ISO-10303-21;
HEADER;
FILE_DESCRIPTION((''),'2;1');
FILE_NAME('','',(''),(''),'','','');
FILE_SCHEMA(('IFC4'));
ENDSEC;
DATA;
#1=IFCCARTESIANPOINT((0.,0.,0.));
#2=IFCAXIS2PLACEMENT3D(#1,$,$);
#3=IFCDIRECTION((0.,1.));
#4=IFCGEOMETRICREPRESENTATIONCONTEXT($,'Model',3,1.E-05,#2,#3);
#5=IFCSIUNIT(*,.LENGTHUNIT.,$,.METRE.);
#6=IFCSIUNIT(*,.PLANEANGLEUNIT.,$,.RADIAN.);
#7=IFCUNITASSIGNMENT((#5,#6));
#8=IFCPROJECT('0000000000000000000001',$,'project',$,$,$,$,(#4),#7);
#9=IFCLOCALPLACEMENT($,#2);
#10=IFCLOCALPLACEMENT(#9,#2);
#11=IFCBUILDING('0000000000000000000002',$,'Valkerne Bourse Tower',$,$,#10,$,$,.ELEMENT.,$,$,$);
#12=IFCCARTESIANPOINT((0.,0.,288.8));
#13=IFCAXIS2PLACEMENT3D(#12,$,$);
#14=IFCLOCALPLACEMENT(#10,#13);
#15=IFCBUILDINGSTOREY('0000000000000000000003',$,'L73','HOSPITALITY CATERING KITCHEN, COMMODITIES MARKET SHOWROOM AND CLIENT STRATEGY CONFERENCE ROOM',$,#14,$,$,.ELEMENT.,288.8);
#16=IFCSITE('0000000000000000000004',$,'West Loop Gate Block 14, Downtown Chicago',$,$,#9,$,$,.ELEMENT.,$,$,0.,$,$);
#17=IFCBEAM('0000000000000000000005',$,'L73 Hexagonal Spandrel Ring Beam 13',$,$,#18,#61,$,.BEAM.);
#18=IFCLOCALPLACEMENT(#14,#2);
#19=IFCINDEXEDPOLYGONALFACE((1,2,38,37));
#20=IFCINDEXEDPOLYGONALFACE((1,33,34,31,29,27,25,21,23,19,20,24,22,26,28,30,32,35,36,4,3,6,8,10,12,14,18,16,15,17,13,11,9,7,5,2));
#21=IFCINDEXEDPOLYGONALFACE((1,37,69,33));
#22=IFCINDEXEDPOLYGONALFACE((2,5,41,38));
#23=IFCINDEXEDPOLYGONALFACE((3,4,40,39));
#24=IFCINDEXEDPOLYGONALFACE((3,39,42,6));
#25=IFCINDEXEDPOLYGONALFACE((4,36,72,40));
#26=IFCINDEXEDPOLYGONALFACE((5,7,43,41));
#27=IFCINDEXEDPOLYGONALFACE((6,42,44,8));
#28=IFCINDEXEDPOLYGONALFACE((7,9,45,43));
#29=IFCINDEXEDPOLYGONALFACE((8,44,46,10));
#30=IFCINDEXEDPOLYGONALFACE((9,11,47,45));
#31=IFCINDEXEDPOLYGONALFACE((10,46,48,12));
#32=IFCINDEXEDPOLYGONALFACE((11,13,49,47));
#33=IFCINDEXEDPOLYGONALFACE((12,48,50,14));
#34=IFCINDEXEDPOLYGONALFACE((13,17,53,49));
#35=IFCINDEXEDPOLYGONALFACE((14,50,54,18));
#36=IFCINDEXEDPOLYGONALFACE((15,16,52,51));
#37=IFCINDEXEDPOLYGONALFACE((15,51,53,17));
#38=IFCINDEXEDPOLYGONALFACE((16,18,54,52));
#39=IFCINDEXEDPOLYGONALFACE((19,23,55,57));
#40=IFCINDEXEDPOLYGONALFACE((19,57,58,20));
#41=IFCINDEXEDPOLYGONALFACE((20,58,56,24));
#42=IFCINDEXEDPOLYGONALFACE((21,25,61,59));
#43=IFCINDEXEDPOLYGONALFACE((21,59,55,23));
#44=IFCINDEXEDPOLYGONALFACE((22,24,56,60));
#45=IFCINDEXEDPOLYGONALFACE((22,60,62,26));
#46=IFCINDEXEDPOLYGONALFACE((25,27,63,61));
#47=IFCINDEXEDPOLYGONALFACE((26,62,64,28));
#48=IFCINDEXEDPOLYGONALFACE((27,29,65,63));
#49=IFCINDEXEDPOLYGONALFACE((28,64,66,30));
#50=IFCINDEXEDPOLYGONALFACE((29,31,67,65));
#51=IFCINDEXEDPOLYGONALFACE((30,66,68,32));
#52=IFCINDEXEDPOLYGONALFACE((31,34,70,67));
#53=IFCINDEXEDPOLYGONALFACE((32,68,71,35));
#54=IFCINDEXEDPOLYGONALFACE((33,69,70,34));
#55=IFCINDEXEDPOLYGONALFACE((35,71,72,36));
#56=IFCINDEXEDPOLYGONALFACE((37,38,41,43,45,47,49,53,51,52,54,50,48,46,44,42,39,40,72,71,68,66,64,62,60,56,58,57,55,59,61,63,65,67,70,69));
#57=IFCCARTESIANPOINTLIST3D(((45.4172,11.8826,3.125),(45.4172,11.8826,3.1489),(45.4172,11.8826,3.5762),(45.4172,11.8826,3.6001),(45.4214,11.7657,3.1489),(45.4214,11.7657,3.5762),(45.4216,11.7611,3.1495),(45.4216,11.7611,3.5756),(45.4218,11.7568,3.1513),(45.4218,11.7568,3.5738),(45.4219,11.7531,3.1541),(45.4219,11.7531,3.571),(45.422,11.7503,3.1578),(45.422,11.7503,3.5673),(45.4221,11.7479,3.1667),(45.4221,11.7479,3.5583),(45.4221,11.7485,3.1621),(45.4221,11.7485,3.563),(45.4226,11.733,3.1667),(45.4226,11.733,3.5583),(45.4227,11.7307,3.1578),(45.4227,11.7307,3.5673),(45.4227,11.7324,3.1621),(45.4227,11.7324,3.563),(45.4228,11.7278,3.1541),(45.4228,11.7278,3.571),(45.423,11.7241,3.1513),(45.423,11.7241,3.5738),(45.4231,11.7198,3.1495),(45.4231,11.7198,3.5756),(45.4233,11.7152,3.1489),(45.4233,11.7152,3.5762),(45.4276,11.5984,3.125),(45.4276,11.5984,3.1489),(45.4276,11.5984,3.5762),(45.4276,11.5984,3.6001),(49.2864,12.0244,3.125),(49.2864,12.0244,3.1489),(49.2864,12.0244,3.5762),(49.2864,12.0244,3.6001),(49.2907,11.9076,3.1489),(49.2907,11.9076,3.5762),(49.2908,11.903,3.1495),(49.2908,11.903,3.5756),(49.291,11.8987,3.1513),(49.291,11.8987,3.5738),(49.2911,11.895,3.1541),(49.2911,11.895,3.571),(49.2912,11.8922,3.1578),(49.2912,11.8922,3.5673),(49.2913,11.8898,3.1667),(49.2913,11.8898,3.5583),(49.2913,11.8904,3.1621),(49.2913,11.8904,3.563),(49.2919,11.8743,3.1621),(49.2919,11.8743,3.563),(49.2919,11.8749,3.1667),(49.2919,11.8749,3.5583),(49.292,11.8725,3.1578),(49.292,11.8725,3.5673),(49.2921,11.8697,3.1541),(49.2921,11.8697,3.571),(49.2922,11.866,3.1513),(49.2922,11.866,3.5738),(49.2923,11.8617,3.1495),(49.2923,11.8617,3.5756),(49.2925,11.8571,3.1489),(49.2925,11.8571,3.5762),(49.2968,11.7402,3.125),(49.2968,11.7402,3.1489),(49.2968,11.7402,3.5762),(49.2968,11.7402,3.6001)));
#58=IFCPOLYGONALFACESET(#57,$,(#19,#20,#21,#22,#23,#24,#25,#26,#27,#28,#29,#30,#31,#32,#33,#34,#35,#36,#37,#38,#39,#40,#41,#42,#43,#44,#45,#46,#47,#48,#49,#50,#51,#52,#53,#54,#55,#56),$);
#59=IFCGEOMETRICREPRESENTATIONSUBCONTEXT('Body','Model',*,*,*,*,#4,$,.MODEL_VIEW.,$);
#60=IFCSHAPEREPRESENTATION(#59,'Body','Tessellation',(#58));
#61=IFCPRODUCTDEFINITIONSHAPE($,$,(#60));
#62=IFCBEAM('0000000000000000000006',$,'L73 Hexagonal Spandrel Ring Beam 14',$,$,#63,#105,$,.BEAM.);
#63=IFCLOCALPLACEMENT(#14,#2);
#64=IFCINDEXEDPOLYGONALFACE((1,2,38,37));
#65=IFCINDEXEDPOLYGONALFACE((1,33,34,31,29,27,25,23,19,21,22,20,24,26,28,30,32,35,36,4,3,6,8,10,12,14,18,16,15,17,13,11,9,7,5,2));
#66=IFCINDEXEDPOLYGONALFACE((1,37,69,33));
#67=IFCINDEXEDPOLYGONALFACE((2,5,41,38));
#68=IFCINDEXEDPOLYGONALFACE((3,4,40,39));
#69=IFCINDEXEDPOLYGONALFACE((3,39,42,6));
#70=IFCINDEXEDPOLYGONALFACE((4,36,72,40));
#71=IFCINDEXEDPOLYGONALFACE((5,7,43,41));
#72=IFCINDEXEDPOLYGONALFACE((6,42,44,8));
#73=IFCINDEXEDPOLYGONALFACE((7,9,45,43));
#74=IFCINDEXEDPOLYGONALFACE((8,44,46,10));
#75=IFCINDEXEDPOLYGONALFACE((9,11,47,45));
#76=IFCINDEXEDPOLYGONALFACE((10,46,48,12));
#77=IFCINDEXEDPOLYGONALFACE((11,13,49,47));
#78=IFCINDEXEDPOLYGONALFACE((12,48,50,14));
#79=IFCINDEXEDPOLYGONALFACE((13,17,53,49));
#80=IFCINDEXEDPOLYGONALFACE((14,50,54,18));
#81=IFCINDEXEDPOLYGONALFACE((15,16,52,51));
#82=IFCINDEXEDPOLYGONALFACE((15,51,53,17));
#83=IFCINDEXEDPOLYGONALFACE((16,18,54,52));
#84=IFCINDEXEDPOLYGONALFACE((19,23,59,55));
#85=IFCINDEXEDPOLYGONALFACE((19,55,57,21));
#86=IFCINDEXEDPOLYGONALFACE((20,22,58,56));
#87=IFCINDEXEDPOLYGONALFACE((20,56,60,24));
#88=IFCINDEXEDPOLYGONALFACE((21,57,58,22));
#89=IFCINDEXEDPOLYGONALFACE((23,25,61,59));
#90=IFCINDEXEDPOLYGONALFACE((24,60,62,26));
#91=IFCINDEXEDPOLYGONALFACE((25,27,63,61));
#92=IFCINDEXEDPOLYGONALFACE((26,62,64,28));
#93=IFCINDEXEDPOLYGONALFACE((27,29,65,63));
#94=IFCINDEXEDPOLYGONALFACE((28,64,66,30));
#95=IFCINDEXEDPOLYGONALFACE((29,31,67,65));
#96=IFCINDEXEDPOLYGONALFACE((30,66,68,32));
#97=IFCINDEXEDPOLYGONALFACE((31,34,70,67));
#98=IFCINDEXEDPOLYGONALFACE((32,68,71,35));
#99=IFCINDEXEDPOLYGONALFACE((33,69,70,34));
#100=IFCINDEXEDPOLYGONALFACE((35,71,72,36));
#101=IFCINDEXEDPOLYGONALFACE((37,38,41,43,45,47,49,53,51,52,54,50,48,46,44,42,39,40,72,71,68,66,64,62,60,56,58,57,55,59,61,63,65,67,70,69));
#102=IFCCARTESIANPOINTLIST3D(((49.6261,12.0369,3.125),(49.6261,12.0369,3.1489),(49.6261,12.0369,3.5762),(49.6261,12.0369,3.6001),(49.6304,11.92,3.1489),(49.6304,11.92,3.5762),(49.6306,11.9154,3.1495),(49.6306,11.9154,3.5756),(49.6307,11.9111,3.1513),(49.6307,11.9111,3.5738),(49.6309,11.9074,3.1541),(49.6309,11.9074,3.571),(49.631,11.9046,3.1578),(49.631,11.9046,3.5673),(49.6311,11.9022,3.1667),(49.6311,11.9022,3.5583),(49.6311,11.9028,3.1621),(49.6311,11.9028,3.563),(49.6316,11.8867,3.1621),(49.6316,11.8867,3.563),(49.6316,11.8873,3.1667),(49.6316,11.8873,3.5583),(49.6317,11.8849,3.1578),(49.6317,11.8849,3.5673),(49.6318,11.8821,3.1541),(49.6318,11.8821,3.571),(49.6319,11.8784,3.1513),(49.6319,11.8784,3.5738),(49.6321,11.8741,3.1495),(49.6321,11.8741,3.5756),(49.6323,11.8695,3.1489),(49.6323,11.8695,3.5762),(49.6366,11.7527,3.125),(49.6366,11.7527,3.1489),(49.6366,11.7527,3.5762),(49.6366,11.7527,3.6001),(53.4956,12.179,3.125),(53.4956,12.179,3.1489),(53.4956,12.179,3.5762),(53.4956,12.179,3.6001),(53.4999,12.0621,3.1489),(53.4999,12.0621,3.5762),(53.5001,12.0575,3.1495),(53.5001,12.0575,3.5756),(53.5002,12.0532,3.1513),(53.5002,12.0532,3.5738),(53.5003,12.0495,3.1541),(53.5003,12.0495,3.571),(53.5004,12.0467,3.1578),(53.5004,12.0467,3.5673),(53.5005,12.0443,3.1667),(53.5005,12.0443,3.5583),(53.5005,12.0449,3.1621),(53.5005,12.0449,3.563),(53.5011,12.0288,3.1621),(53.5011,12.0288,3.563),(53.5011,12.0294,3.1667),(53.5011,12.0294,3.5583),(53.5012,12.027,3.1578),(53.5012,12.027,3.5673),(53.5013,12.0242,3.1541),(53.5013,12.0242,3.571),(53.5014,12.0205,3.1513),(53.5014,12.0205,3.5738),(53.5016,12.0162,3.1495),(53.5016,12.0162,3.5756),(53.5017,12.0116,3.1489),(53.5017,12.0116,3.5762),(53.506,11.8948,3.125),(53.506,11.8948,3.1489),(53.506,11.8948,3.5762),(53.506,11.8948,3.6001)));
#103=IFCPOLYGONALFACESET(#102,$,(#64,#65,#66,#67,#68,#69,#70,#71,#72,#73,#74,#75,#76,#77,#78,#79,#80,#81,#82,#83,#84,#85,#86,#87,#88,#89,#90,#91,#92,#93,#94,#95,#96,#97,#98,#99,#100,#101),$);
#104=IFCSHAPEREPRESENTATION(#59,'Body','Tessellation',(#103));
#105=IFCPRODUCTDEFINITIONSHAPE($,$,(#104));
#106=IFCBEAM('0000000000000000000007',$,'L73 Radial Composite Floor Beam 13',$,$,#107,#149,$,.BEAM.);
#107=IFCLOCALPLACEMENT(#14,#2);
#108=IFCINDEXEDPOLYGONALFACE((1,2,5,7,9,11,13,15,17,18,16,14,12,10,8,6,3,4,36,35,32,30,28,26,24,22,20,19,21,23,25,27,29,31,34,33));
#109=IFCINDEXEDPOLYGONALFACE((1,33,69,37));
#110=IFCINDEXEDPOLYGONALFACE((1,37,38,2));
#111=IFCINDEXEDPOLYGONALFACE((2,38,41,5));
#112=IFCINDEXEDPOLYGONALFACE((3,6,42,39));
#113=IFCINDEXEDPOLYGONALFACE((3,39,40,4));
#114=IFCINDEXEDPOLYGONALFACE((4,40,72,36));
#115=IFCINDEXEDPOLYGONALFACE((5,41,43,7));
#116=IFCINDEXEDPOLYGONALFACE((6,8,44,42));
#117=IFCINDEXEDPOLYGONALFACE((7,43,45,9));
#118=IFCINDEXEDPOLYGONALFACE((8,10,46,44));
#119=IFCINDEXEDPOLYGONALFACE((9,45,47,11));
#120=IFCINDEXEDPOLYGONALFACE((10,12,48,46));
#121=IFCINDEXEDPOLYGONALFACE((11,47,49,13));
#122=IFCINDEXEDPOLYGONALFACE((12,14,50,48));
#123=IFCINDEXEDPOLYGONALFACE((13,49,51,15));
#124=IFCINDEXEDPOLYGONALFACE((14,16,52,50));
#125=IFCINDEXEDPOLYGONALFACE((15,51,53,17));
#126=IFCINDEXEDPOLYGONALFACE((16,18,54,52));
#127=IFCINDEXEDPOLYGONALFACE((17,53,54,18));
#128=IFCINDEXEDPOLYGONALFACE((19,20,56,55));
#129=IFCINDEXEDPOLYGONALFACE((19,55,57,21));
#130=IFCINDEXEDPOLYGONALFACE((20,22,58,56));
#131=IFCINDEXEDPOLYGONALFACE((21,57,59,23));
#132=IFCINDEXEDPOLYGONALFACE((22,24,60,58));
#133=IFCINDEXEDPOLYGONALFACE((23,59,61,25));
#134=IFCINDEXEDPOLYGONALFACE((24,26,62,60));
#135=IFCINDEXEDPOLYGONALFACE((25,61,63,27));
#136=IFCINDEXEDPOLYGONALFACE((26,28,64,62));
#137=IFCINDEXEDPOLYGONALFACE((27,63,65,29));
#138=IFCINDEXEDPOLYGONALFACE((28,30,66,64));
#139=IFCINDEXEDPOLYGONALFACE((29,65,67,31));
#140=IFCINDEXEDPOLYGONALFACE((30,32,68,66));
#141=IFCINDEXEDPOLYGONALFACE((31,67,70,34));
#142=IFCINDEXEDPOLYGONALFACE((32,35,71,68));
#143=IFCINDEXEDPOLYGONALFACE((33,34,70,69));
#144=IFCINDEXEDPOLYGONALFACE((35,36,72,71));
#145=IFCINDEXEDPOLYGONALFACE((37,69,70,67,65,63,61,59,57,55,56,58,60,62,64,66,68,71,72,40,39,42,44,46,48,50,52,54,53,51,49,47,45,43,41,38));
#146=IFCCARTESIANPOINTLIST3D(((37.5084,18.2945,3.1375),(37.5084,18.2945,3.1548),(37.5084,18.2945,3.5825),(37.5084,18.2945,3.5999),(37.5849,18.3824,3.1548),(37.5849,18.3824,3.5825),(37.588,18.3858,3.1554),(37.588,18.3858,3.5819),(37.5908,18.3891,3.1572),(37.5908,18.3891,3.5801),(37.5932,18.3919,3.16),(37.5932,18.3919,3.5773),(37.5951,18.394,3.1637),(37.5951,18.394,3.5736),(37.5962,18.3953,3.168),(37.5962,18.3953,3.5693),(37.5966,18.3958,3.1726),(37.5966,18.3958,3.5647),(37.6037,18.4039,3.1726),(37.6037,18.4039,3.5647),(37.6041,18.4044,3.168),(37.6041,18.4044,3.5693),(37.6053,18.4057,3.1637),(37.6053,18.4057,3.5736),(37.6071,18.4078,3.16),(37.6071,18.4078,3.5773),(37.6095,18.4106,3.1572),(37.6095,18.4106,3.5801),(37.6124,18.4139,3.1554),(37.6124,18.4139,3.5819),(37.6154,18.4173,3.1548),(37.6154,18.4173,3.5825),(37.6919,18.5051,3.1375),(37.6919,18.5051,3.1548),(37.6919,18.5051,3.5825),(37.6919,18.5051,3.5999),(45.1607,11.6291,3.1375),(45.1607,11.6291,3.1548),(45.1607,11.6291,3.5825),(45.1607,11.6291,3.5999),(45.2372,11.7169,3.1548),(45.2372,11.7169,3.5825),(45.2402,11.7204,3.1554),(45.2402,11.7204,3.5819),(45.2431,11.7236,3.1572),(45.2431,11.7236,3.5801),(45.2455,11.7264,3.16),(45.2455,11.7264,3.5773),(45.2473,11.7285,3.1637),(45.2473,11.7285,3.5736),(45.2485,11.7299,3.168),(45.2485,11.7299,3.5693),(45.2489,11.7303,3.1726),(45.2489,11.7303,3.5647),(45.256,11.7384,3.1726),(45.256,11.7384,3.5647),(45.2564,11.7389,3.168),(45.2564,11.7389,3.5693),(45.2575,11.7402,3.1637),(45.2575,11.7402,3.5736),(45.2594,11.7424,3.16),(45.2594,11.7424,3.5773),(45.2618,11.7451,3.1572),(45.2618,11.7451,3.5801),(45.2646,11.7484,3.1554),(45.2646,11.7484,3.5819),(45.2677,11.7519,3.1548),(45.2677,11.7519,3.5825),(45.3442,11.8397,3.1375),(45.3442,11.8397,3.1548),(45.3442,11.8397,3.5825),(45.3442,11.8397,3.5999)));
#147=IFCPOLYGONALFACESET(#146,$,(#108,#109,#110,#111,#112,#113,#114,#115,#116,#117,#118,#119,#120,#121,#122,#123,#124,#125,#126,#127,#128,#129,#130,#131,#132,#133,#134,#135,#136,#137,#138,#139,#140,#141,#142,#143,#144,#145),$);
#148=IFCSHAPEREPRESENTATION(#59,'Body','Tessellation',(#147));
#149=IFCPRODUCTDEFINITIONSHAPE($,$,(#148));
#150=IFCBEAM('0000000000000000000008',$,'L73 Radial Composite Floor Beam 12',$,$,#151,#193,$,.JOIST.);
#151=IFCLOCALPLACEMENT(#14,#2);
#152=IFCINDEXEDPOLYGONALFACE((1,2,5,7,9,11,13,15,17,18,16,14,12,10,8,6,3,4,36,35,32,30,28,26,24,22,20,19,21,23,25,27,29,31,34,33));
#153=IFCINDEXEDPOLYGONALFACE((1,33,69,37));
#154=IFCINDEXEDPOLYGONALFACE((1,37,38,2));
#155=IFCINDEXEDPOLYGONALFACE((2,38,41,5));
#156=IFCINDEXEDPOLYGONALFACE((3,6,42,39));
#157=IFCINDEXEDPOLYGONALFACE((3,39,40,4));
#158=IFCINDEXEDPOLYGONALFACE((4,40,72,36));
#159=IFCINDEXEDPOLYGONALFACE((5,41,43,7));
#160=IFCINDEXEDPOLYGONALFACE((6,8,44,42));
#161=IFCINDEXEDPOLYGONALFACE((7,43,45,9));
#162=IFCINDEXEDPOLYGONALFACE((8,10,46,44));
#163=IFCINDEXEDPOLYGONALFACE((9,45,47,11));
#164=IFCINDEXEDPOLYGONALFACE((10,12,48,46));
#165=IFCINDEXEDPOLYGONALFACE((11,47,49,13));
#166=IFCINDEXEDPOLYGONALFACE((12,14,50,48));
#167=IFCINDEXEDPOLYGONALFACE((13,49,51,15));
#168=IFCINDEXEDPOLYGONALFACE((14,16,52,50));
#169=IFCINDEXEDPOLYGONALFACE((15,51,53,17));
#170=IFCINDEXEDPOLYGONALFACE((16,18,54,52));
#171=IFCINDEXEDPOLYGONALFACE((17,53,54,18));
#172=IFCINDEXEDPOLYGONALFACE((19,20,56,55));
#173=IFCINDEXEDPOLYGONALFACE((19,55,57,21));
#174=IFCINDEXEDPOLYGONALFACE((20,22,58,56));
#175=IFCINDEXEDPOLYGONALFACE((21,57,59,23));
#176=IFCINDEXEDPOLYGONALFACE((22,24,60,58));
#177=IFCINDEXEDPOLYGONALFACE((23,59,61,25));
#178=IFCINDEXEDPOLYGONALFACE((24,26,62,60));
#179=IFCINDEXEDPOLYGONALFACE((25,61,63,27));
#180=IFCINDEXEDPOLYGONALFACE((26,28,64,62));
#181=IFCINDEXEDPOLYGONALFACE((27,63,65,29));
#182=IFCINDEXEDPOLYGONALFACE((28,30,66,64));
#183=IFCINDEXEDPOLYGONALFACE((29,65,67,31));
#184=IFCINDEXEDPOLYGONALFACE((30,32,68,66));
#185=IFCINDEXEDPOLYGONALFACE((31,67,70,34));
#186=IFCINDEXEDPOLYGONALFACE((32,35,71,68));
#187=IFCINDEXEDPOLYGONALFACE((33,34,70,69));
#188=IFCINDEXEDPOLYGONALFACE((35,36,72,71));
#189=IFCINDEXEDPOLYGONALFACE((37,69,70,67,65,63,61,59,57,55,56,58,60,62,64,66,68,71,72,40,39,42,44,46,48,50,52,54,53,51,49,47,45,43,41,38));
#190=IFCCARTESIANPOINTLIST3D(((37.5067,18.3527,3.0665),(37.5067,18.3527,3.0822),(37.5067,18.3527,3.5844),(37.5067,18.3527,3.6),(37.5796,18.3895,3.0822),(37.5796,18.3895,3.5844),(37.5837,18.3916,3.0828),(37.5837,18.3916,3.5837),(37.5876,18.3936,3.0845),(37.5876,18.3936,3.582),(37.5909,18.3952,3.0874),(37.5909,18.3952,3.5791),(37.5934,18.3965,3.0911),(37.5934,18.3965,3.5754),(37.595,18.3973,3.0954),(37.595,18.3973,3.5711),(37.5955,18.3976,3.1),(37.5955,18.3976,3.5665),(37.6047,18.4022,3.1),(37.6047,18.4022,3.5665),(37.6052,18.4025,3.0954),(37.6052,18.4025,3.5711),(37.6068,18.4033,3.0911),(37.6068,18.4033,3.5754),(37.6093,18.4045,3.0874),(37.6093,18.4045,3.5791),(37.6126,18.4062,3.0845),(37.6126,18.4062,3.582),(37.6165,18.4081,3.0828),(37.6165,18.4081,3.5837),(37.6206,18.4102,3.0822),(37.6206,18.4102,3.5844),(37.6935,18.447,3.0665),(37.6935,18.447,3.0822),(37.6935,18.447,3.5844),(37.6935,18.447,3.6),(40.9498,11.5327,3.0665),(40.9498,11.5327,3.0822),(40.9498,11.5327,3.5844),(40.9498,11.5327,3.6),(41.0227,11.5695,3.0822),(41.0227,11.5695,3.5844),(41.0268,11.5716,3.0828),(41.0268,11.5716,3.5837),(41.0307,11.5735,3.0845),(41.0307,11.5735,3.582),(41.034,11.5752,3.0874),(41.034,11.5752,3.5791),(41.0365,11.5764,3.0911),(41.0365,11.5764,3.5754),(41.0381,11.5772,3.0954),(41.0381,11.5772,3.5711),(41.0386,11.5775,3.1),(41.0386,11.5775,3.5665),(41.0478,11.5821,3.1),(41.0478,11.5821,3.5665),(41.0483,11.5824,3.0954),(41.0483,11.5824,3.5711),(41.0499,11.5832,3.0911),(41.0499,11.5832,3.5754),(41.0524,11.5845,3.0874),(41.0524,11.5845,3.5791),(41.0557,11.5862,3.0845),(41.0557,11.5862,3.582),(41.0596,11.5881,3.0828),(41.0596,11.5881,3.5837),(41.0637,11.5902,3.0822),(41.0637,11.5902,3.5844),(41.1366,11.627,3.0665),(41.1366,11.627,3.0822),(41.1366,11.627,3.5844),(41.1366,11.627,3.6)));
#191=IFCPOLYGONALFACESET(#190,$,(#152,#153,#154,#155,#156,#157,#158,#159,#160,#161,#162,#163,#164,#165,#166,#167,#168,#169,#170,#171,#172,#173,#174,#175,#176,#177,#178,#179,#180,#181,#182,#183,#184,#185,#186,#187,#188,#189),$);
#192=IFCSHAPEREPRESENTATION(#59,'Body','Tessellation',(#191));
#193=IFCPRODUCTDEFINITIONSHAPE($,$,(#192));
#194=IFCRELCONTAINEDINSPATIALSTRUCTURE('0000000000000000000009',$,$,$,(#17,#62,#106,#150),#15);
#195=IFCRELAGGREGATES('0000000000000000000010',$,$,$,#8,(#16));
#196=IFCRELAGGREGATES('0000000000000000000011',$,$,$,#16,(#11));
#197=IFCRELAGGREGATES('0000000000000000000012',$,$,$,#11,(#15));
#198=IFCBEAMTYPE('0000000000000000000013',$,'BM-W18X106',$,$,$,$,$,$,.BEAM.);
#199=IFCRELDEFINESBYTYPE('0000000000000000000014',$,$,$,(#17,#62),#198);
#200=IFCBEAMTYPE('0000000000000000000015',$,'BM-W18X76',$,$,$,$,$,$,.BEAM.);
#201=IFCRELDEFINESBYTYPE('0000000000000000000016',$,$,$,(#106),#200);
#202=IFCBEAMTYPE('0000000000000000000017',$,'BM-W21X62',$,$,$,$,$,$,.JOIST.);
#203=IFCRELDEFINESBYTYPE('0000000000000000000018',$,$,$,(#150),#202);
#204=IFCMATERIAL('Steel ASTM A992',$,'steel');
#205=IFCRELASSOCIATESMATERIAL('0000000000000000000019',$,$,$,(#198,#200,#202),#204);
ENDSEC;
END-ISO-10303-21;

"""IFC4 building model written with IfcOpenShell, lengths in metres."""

from ifc_helpers import new_model, si_unit, direction, frame, origin, origin_2d, place, context, subcontext, project, spatial, i_section, extrude, material, material_profile, profile_set, type_object, element, save


model = new_model("IFC4")

# Units and contexts
model_context = context("Model", 3, precision=1e-05, world=origin(), true_north=direction((0.0, 1.0)))
body_context = subcontext(model_context, "Body", "Model", "MODEL_VIEW")
ifc_project = project(units=[si_unit("LENGTHUNIT", "METRE"), si_unit("PLANEANGLEUNIT", "RADIAN")], contexts=[model_context])

# Site, building, storey
site_placement = place(None, origin())
site = spatial("IfcSite", under=ifc_project, at=site_placement, Name="West Loop Gate Block 14, Downtown Chicago", CompositionType="ELEMENT", RefElevation=0.0)
building_placement = place(site_placement, origin())
building = spatial("IfcBuilding", under=site, at=building_placement, Name="Valkerne Bourse Tower", CompositionType="ELEMENT")
storey_placement = place(building_placement, frame((0.0, 0.0, 288.8)))
storey = spatial("IfcBuildingStorey", under=building, at=storey_placement, Name="L73", Description="HOSPITALITY CATERING KITCHEN, COMMODITIES MARKET SHOWROOM AND CLIENT STRATEGY CONFERENCE ROOM", CompositionType="ELEMENT", Elevation=288.8)

# Beams
ifc_material_1 = material(Name="Steel ASTM A992", Category="steel")
ifc_material_profile_1 = material_profile(ifc_material_1, i_section(OverallWidth=0.2844, OverallDepth=0.4751, WebThickness=0.0149, FlangeThickness=0.0239, FilletRadius=0.0178, at=origin_2d()), Name="W18X106")
ifc_profile_set_1 = profile_set([ifc_material_profile_1], Name="Steel ASTM A992")
beam_type_1 = type_object("IfcBeamType", Name="BM-W18X106", PredefinedType="BEAM", material=ifc_profile_set_1)
beam_1_placement = place(storey_placement, frame((45.4224, 11.7405, 3.3625), z_axis=(0.999329, 0.036636, 0.0), x_axis=(-0.036636, 0.999329, 0.0)))
element("IfcBeam", 1, at=beam_1_placement, inside=storey, type_object=beam_type_1, Name="L73 Hexagonal Spandrel Ring Beam 13", PredefinedType="BEAM", context=body_context, shape_type="SweptSolid", body=[
    extrude(i_section(OverallWidth=0.2844, OverallDepth=0.4751, WebThickness=0.0149, FlangeThickness=0.0239, FilletRadius=0.0178, at=origin_2d()), origin(), (0.0, 0.0, 1.0), 3.8718),
])
beam_2_placement = place(storey_placement, frame((49.6313, 11.8948, 3.3625), z_axis=(0.999326, 0.036697, 0.0), x_axis=(-0.036697, 0.999326, 0.0)))
element("IfcBeam", 2, at=beam_2_placement, inside=storey, type_object=beam_type_1, Name="L73 Hexagonal Spandrel Ring Beam 14", PredefinedType="BEAM", context=body_context, shape_type="SweptSolid", body=[
    extrude(i_section(OverallWidth=0.2844, OverallDepth=0.4751, WebThickness=0.0149, FlangeThickness=0.0239, FilletRadius=0.0178, at=origin_2d()), origin(), (0.0, 0.0, 1.0), 3.8721),
])
ifc_material_profile_2 = material_profile(ifc_material_1, i_section(OverallWidth=0.2793, OverallDepth=0.4624, WebThickness=0.0107, FlangeThickness=0.0173, FilletRadius=0.0178, at=origin_2d()), Name="W18X76")
ifc_profile_set_2 = profile_set([ifc_material_profile_2], Name="Steel ASTM A992")
beam_type_2 = type_object("IfcBeamType", Name="BM-W18X76", PredefinedType="BEAM", material=ifc_profile_set_2)
beam_3_placement = place(storey_placement, frame((45.2524, 11.7344, 3.3687), z_axis=(-0.754053, 0.656813, 0.0), x_axis=(-0.656813, -0.754053, 0.0)))
element("IfcBeam", 3, at=beam_3_placement, inside=storey, type_object=beam_type_2, Name="L73 Radial Composite Floor Beam 13", PredefinedType="BEAM", context=body_context, shape_type="SweptSolid", body=[
    extrude(i_section(OverallWidth=0.2793, OverallDepth=0.4624, WebThickness=0.0107, FlangeThickness=0.0173, FilletRadius=0.0178, at=origin_2d()), origin(), (0.0, 0.0, 1.0), 10.1482),
])
ifc_material_profile_3 = material_profile(ifc_material_1, i_section(OverallWidth=0.2092, OverallDepth=0.5334, WebThickness=0.0103, FlangeThickness=0.0156, FilletRadius=0.0178, at=origin_2d()), Name="W21X62")
ifc_profile_set_3 = profile_set([ifc_material_profile_3], Name="Steel ASTM A992")
beam_type_3 = type_object("IfcBeamType", Name="BM-W21X62", PredefinedType="JOIST", material=ifc_profile_set_3)
beam_4_placement = place(storey_placement, frame((41.0432, 11.5798, 3.3333), z_axis=(-0.450674, 0.892688, 0.0), x_axis=(-0.892688, -0.450674, 0.0)))
element("IfcBeam", 4, at=beam_4_placement, inside=storey, type_object=beam_type_3, Name="L73 Radial Composite Floor Beam 12", PredefinedType="JOIST", context=body_context, shape_type="SweptSolid", body=[
    extrude(i_section(OverallWidth=0.2092, OverallDepth=0.5334, WebThickness=0.0103, FlangeThickness=0.0156, FilletRadius=0.0178, at=origin_2d()), origin(), (0.0, 0.0, 1.0), 7.6399),
])

save(model, "model.ifc")
